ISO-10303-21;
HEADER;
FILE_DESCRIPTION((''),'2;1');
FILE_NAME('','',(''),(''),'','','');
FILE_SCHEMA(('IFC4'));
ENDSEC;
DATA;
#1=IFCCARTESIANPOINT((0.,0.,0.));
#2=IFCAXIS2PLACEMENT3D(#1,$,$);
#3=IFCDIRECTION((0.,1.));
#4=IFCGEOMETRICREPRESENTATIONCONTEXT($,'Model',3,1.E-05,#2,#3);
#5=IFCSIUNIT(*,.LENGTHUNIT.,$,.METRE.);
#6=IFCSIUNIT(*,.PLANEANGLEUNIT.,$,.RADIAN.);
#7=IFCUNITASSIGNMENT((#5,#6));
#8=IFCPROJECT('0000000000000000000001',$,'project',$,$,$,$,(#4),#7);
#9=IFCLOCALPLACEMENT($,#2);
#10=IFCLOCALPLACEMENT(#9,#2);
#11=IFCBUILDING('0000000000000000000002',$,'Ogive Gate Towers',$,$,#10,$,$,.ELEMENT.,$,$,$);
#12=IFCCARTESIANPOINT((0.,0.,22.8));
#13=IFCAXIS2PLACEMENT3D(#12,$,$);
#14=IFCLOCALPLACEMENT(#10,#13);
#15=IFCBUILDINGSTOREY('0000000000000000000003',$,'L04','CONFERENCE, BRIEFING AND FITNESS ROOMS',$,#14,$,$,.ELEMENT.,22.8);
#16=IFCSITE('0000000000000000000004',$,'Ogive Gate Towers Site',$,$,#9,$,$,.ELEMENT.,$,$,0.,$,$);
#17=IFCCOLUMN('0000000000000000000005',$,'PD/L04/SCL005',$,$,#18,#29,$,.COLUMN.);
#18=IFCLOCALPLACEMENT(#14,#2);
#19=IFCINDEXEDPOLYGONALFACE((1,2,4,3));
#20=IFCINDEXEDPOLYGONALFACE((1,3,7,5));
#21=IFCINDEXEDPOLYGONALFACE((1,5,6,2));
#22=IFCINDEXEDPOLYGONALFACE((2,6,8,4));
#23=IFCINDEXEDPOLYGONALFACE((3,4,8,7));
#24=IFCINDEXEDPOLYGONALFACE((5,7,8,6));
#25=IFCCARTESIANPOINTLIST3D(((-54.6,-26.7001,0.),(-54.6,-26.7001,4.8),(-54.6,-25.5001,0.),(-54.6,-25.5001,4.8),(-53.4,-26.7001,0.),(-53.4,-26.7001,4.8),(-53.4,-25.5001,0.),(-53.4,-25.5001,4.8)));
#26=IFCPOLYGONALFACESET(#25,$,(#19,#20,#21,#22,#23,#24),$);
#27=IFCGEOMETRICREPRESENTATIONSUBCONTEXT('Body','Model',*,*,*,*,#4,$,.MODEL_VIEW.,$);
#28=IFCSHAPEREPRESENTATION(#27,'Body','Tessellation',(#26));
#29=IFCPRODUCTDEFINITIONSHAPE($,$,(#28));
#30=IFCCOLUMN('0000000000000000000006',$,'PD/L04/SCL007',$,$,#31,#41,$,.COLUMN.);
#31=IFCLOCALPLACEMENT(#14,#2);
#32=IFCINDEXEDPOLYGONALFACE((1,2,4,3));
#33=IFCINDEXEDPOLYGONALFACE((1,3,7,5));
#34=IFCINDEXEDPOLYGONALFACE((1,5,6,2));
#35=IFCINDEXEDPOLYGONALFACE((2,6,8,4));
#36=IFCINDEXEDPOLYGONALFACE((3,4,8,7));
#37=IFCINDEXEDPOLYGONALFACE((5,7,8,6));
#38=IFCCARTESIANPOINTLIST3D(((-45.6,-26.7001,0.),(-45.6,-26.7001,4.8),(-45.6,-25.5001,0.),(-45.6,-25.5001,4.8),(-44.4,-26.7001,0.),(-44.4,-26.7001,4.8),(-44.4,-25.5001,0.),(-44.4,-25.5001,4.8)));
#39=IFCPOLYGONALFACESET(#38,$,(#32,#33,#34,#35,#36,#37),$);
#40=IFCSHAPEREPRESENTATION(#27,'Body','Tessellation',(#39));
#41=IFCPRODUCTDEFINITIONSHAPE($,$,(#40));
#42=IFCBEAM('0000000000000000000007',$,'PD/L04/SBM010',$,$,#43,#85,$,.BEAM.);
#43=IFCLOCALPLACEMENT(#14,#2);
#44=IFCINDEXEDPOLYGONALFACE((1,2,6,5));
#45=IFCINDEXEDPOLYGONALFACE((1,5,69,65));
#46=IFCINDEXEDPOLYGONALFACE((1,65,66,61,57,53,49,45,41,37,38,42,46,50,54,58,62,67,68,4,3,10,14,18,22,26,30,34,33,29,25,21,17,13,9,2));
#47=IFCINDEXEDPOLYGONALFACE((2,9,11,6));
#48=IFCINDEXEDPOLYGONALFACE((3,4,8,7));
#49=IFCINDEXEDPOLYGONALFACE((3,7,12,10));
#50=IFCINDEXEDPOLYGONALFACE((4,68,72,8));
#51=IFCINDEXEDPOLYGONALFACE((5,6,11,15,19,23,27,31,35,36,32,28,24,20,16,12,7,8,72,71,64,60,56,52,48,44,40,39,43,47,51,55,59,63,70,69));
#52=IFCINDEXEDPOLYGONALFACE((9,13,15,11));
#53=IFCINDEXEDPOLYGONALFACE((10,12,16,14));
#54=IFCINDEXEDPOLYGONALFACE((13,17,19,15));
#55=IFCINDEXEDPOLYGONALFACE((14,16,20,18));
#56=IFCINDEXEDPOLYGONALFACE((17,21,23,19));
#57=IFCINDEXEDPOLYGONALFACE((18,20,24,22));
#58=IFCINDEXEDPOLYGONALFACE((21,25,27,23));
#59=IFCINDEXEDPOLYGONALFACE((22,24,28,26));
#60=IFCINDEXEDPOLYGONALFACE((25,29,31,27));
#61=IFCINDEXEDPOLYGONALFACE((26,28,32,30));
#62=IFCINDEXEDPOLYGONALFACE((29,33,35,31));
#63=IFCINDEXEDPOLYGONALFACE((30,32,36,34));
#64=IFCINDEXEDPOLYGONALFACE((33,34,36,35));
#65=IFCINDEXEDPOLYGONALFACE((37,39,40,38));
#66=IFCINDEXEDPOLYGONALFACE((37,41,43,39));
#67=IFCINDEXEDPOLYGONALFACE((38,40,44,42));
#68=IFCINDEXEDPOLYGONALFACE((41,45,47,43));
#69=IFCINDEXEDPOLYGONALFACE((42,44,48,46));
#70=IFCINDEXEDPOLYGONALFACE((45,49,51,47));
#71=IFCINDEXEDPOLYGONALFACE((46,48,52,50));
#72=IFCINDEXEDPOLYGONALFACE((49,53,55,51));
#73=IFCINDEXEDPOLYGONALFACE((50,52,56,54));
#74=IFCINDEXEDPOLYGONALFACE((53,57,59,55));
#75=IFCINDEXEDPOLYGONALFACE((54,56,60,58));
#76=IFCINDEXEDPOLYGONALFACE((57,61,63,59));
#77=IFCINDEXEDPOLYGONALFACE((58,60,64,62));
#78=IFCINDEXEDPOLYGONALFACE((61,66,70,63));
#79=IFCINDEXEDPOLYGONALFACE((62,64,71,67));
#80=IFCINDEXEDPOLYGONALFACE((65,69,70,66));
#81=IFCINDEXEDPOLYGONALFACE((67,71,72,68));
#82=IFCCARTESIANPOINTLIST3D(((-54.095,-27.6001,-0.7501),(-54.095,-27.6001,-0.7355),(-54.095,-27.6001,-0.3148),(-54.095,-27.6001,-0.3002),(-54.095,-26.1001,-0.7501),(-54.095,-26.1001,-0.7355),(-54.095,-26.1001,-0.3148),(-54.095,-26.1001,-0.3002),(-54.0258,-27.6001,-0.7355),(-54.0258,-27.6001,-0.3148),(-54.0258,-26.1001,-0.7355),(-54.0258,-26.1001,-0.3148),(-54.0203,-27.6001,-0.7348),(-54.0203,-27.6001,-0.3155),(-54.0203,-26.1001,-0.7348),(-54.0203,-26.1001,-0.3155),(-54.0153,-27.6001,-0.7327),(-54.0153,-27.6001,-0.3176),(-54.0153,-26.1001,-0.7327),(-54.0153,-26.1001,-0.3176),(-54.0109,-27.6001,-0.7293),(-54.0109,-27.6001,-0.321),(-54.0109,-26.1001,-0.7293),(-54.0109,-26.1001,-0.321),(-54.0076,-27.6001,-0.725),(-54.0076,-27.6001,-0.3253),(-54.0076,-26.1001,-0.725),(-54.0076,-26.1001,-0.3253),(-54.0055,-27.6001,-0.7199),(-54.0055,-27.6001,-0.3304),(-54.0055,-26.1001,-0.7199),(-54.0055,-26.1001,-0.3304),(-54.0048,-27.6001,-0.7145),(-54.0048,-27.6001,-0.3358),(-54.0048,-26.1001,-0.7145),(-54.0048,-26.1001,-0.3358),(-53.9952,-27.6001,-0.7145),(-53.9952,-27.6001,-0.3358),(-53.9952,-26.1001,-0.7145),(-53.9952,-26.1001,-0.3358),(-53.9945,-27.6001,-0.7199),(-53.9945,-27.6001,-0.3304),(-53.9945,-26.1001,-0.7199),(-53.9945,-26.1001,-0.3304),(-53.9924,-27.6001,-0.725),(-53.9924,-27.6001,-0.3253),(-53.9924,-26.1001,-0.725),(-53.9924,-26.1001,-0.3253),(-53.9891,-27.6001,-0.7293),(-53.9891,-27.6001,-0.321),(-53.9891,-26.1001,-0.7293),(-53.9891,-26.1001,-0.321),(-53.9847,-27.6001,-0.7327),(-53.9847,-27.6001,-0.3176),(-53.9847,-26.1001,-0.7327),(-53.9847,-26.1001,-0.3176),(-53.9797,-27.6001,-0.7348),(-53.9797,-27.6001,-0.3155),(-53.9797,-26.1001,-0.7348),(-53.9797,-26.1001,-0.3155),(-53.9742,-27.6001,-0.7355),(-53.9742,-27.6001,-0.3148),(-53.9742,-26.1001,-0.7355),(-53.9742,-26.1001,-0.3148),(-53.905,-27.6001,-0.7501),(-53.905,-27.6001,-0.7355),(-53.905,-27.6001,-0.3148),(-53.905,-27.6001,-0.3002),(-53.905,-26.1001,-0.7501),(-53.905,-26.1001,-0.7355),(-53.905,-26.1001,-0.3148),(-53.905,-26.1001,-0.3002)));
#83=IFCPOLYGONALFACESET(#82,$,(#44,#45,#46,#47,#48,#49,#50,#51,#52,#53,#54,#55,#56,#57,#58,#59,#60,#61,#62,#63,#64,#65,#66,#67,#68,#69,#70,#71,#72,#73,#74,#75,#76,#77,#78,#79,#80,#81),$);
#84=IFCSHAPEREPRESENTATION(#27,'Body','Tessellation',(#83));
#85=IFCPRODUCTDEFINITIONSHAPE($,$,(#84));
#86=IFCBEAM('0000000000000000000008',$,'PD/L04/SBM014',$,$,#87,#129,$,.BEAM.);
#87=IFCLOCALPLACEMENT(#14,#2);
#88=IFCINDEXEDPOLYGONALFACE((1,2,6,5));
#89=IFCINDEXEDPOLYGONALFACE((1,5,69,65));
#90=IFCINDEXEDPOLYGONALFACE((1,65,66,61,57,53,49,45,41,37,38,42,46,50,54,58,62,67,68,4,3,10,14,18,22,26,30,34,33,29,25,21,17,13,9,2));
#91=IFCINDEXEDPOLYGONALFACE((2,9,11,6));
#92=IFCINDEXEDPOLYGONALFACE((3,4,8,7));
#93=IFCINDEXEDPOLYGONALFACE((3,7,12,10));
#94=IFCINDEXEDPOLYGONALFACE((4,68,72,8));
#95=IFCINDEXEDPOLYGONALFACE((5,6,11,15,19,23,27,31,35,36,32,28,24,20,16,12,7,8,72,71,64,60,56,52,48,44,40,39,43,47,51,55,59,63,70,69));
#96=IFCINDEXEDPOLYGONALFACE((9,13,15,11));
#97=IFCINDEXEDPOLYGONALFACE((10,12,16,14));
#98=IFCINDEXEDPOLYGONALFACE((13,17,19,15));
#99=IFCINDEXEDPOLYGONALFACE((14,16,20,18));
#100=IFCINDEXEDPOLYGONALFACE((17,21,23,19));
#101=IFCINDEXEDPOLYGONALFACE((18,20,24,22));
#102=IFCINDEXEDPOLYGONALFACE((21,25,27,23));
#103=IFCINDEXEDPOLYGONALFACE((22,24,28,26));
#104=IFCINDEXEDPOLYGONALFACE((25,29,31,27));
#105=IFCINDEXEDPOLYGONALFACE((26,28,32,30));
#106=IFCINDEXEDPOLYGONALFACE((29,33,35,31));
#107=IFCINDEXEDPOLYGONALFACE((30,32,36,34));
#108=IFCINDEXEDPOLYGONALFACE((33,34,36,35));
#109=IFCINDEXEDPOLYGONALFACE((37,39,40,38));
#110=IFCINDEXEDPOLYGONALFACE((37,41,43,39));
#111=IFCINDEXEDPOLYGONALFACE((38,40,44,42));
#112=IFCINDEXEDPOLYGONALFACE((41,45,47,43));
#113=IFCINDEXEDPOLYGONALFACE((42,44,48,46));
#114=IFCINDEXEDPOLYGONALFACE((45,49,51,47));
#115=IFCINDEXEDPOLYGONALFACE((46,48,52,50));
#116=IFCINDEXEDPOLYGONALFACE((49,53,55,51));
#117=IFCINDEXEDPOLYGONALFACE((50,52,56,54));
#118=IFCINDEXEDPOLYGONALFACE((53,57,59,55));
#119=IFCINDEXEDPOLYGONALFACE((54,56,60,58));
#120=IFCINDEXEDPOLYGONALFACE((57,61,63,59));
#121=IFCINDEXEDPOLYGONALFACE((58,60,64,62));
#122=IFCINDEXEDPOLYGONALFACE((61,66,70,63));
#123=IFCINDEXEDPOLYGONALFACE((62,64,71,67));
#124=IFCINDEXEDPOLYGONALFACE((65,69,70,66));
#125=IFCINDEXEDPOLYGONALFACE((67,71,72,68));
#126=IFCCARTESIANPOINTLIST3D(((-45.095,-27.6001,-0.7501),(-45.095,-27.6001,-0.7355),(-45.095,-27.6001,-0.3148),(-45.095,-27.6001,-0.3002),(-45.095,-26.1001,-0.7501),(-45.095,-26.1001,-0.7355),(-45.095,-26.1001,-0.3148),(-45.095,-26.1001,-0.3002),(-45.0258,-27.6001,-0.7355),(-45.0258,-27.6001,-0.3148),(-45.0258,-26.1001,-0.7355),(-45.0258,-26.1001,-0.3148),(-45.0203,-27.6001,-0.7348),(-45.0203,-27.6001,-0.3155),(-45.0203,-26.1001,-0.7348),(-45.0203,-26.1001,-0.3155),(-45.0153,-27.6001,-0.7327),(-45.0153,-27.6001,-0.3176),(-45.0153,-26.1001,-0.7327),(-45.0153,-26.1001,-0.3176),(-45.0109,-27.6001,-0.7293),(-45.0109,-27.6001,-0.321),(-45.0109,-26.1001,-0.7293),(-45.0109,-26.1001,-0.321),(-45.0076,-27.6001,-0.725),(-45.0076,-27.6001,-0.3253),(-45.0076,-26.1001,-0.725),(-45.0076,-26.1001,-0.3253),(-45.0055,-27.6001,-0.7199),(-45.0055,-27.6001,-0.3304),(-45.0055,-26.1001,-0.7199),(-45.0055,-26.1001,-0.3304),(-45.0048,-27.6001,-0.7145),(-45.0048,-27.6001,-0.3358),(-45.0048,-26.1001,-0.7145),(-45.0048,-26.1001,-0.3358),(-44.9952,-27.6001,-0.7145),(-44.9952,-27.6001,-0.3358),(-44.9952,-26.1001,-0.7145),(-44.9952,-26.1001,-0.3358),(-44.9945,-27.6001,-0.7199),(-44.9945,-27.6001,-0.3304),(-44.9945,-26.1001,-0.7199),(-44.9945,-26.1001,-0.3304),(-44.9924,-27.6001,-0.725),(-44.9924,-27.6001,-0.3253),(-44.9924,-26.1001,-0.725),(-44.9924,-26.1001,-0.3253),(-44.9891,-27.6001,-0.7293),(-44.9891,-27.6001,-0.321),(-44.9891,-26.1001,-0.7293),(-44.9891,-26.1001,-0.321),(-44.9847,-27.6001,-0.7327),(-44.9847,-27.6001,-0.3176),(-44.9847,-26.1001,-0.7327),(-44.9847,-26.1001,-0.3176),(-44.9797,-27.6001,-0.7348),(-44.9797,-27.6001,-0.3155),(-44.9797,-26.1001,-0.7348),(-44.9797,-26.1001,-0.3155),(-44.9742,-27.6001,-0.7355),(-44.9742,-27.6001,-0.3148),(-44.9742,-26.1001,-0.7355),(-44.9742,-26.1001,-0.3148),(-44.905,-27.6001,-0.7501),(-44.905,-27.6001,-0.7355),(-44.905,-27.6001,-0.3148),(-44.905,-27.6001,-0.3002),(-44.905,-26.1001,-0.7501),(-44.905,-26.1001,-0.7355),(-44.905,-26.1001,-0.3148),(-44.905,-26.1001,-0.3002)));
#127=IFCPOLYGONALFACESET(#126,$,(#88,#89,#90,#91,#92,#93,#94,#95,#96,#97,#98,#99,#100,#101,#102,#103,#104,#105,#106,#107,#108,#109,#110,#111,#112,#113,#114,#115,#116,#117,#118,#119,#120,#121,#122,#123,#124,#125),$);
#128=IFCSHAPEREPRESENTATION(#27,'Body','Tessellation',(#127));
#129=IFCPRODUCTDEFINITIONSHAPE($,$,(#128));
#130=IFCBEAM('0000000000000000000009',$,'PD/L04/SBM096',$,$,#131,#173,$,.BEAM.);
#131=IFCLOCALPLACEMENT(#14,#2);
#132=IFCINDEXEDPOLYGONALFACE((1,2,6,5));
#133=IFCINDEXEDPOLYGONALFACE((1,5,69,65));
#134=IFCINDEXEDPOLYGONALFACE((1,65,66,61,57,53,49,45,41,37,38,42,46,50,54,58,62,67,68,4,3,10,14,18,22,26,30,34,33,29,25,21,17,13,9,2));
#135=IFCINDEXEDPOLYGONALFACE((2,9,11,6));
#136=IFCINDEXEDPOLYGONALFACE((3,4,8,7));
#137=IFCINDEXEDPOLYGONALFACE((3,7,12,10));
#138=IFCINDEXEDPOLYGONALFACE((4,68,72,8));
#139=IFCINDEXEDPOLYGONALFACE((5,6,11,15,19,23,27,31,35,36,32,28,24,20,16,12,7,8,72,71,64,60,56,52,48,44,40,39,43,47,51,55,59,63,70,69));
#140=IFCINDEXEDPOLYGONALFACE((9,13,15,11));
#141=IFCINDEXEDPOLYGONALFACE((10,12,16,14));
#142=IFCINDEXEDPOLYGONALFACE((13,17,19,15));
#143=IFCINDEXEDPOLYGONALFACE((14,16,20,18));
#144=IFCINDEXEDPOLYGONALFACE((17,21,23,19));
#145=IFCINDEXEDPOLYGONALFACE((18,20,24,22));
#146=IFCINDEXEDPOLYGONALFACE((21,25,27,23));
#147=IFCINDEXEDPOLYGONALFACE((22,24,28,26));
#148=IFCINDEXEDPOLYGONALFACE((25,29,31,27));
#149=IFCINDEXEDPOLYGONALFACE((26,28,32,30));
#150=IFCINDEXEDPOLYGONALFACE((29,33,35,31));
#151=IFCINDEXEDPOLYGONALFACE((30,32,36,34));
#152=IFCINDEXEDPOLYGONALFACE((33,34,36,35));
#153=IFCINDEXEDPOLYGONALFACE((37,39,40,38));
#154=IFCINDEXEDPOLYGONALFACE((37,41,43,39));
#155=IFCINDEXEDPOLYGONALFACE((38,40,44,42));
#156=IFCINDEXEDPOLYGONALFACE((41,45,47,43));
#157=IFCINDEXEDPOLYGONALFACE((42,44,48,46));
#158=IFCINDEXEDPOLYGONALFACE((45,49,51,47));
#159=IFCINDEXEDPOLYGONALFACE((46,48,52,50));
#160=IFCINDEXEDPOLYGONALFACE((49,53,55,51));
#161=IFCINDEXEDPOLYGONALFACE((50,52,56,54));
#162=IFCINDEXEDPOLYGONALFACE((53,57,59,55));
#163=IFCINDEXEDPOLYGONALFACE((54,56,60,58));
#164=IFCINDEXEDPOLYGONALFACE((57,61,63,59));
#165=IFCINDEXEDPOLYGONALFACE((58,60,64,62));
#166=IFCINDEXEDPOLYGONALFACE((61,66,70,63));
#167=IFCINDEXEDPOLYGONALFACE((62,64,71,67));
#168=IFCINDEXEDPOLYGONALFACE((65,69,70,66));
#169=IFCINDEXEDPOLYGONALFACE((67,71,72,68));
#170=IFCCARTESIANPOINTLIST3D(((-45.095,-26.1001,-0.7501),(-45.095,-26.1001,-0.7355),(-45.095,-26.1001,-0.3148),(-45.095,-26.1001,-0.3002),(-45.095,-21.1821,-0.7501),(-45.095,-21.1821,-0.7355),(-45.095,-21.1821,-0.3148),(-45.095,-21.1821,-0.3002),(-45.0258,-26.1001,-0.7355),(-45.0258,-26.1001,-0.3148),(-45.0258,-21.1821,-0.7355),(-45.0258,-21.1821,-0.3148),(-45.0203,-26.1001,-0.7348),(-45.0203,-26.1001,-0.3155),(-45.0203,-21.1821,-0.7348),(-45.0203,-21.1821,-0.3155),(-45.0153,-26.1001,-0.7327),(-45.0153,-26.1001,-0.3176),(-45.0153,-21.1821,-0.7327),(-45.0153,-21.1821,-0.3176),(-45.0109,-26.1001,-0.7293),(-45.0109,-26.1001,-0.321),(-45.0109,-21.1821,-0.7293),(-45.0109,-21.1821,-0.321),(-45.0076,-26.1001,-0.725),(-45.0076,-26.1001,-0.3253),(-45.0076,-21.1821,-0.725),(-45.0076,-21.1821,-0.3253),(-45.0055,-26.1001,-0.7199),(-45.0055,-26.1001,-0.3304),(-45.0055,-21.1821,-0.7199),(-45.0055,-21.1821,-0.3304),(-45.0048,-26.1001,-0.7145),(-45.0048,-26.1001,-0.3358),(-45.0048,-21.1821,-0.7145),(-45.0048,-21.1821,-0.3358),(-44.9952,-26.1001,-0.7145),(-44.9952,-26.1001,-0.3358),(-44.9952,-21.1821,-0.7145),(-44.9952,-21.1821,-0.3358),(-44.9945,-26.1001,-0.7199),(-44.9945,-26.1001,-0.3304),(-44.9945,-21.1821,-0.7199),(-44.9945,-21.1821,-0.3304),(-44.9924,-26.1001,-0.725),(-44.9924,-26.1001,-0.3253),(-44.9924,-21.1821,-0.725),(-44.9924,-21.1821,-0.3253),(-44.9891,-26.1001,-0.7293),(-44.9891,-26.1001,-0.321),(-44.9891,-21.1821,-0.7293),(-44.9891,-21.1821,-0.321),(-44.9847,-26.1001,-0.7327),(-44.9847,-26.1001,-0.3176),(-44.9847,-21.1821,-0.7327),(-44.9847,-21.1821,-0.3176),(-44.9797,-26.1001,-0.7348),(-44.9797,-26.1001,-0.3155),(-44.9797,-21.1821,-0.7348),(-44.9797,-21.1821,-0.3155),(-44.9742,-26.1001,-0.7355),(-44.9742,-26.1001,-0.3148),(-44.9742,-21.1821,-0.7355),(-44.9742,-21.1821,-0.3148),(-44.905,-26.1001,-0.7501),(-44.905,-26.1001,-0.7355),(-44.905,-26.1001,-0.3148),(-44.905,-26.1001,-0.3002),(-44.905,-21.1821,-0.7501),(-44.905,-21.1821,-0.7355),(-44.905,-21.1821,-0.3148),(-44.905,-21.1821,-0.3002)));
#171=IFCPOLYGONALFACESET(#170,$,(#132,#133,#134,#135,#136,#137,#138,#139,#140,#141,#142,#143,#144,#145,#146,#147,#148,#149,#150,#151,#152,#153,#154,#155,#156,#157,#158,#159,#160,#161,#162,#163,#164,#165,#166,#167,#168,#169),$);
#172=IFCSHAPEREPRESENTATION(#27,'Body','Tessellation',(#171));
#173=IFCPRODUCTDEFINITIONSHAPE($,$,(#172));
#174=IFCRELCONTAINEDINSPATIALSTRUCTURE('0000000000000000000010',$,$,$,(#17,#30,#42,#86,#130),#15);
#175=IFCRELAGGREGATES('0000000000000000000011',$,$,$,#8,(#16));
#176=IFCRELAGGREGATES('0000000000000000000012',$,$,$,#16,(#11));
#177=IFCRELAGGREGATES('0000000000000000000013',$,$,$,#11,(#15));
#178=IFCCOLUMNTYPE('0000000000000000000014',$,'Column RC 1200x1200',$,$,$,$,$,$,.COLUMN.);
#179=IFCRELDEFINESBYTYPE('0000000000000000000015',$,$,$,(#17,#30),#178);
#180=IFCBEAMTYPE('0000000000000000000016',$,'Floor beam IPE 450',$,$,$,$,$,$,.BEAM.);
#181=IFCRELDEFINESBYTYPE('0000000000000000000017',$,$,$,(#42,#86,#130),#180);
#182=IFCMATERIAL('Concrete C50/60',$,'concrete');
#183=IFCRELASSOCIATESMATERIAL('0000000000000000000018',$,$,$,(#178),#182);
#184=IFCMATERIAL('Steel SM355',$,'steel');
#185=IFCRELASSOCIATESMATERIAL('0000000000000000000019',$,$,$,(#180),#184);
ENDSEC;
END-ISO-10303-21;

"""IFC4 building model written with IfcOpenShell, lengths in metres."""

from ifc_helpers import new_model, si_unit, direction, frame, origin, origin_2d, place, context, subcontext, project, spatial, rectangle, i_section, extrude, material, material_profile, profile_set, type_object, element, save


model = new_model("IFC4")

# Units and contexts
model_context = context("Model", 3, precision=1e-05, world=origin(), true_north=direction((0.0, 1.0)))
body_context = subcontext(model_context, "Body", "Model", "MODEL_VIEW")
ifc_project = project(units=[si_unit("LENGTHUNIT", "METRE"), si_unit("PLANEANGLEUNIT", "RADIAN")], contexts=[model_context])

# Site, building, storey
site_placement = place(None, origin())
site = spatial("IfcSite", under=ifc_project, at=site_placement, Name="Ogive Gate Towers Site", CompositionType="ELEMENT", RefElevation=0.0)
building_placement = place(site_placement, origin())
building = spatial("IfcBuilding", under=site, at=building_placement, Name="Ogive Gate Towers", CompositionType="ELEMENT")
storey_placement = place(building_placement, frame((0.0, 0.0, 22.8)))
storey = spatial("IfcBuildingStorey", under=building, at=storey_placement, Name="L04", Description="CONFERENCE, BRIEFING AND FITNESS ROOMS", CompositionType="ELEMENT", Elevation=22.8)

# Columns
ifc_material_1 = material(Name="Concrete C50/60", Category="concrete")
ifc_material_profile_1 = material_profile(ifc_material_1, rectangle(XDim=1.2, YDim=1.2, at=origin_2d()), Name="RC 1200x1200")
ifc_profile_set_1 = profile_set([ifc_material_profile_1], Name="Concrete C50/60")
column_type = type_object("IfcColumnType", Name="Column RC 1200x1200", PredefinedType="COLUMN", material=ifc_profile_set_1)
for number, where, z_axis, x_axis, name in (
    (1, (-54.0, -26.1001, 0.0), (0.0, 0.0, 1.0), (1.0, 0.0, 0.0), "PD/L04/SCL005"),
    (2, (-45.0, -26.1001, 0.0), (0.0, 0.0, 1.0), (1.0, 0.0, 0.0), "PD/L04/SCL007"),
):
    element("IfcColumn", number, at=place(storey_placement, frame(where, z_axis=z_axis, x_axis=x_axis)), inside=storey, type_object=column_type, Name=name, PredefinedType="COLUMN", context=body_context, shape_type="SweptSolid", body=[
        extrude(rectangle(XDim=1.2, YDim=1.2, at=origin_2d()), origin(), (0.0, 0.0, 1.0), 4.8),
    ])

# Beams
ifc_material_2 = material(Name="Steel SM355", Category="steel")
ifc_material_profile_2 = material_profile(ifc_material_2, i_section(OverallWidth=0.1899, OverallDepth=0.45, WebThickness=0.0095, FlangeThickness=0.0146, FilletRadius=0.021, at=origin_2d()), Name="IPE 450")
ifc_profile_set_2 = profile_set([ifc_material_profile_2], Name="Steel SM355")
beam_type_1 = type_object("IfcBeamType", Name="Floor beam IPE 450", PredefinedType="BEAM", material=ifc_profile_set_2)
for number, where, z_axis, x_axis, name in (
    (3, (-54.0, -27.6001, -0.5251), (0.0, 1.0, 0.0), (-1.0, 0.0, 0.0), "PD/L04/SBM010"),
    (4, (-45.0, -27.6001, -0.5251), (0.0, 1.0, 0.0), (-1.0, 0.0, 0.0), "PD/L04/SBM014"),
):
    element("IfcBeam", number, at=place(storey_placement, frame(where, z_axis=z_axis, x_axis=x_axis)), inside=storey, type_object=beam_type_1, Name=name, PredefinedType="BEAM", context=body_context, shape_type="SweptSolid", body=[
        extrude(i_section(OverallWidth=0.1899, OverallDepth=0.45, WebThickness=0.0095, FlangeThickness=0.0146, FilletRadius=0.021, at=origin_2d()), origin(), (0.0, 0.0, 1.0), 1.5),
    ])
beam_1_placement = place(storey_placement, frame((-45.0, -26.1001, -0.5251), z_axis=(0.0, 1.0, 0.0), x_axis=(-1.0, 0.0, 0.0)))
element("IfcBeam", 5, at=beam_1_placement, inside=storey, type_object=beam_type_1, Name="PD/L04/SBM096", PredefinedType="BEAM", context=body_context, shape_type="SweptSolid", body=[
    extrude(i_section(OverallWidth=0.1899, OverallDepth=0.45, WebThickness=0.0095, FlangeThickness=0.0146, FilletRadius=0.021, at=origin_2d()), origin(), (0.0, 0.0, 1.0), 4.918),
])

save(model, "model.ifc")
